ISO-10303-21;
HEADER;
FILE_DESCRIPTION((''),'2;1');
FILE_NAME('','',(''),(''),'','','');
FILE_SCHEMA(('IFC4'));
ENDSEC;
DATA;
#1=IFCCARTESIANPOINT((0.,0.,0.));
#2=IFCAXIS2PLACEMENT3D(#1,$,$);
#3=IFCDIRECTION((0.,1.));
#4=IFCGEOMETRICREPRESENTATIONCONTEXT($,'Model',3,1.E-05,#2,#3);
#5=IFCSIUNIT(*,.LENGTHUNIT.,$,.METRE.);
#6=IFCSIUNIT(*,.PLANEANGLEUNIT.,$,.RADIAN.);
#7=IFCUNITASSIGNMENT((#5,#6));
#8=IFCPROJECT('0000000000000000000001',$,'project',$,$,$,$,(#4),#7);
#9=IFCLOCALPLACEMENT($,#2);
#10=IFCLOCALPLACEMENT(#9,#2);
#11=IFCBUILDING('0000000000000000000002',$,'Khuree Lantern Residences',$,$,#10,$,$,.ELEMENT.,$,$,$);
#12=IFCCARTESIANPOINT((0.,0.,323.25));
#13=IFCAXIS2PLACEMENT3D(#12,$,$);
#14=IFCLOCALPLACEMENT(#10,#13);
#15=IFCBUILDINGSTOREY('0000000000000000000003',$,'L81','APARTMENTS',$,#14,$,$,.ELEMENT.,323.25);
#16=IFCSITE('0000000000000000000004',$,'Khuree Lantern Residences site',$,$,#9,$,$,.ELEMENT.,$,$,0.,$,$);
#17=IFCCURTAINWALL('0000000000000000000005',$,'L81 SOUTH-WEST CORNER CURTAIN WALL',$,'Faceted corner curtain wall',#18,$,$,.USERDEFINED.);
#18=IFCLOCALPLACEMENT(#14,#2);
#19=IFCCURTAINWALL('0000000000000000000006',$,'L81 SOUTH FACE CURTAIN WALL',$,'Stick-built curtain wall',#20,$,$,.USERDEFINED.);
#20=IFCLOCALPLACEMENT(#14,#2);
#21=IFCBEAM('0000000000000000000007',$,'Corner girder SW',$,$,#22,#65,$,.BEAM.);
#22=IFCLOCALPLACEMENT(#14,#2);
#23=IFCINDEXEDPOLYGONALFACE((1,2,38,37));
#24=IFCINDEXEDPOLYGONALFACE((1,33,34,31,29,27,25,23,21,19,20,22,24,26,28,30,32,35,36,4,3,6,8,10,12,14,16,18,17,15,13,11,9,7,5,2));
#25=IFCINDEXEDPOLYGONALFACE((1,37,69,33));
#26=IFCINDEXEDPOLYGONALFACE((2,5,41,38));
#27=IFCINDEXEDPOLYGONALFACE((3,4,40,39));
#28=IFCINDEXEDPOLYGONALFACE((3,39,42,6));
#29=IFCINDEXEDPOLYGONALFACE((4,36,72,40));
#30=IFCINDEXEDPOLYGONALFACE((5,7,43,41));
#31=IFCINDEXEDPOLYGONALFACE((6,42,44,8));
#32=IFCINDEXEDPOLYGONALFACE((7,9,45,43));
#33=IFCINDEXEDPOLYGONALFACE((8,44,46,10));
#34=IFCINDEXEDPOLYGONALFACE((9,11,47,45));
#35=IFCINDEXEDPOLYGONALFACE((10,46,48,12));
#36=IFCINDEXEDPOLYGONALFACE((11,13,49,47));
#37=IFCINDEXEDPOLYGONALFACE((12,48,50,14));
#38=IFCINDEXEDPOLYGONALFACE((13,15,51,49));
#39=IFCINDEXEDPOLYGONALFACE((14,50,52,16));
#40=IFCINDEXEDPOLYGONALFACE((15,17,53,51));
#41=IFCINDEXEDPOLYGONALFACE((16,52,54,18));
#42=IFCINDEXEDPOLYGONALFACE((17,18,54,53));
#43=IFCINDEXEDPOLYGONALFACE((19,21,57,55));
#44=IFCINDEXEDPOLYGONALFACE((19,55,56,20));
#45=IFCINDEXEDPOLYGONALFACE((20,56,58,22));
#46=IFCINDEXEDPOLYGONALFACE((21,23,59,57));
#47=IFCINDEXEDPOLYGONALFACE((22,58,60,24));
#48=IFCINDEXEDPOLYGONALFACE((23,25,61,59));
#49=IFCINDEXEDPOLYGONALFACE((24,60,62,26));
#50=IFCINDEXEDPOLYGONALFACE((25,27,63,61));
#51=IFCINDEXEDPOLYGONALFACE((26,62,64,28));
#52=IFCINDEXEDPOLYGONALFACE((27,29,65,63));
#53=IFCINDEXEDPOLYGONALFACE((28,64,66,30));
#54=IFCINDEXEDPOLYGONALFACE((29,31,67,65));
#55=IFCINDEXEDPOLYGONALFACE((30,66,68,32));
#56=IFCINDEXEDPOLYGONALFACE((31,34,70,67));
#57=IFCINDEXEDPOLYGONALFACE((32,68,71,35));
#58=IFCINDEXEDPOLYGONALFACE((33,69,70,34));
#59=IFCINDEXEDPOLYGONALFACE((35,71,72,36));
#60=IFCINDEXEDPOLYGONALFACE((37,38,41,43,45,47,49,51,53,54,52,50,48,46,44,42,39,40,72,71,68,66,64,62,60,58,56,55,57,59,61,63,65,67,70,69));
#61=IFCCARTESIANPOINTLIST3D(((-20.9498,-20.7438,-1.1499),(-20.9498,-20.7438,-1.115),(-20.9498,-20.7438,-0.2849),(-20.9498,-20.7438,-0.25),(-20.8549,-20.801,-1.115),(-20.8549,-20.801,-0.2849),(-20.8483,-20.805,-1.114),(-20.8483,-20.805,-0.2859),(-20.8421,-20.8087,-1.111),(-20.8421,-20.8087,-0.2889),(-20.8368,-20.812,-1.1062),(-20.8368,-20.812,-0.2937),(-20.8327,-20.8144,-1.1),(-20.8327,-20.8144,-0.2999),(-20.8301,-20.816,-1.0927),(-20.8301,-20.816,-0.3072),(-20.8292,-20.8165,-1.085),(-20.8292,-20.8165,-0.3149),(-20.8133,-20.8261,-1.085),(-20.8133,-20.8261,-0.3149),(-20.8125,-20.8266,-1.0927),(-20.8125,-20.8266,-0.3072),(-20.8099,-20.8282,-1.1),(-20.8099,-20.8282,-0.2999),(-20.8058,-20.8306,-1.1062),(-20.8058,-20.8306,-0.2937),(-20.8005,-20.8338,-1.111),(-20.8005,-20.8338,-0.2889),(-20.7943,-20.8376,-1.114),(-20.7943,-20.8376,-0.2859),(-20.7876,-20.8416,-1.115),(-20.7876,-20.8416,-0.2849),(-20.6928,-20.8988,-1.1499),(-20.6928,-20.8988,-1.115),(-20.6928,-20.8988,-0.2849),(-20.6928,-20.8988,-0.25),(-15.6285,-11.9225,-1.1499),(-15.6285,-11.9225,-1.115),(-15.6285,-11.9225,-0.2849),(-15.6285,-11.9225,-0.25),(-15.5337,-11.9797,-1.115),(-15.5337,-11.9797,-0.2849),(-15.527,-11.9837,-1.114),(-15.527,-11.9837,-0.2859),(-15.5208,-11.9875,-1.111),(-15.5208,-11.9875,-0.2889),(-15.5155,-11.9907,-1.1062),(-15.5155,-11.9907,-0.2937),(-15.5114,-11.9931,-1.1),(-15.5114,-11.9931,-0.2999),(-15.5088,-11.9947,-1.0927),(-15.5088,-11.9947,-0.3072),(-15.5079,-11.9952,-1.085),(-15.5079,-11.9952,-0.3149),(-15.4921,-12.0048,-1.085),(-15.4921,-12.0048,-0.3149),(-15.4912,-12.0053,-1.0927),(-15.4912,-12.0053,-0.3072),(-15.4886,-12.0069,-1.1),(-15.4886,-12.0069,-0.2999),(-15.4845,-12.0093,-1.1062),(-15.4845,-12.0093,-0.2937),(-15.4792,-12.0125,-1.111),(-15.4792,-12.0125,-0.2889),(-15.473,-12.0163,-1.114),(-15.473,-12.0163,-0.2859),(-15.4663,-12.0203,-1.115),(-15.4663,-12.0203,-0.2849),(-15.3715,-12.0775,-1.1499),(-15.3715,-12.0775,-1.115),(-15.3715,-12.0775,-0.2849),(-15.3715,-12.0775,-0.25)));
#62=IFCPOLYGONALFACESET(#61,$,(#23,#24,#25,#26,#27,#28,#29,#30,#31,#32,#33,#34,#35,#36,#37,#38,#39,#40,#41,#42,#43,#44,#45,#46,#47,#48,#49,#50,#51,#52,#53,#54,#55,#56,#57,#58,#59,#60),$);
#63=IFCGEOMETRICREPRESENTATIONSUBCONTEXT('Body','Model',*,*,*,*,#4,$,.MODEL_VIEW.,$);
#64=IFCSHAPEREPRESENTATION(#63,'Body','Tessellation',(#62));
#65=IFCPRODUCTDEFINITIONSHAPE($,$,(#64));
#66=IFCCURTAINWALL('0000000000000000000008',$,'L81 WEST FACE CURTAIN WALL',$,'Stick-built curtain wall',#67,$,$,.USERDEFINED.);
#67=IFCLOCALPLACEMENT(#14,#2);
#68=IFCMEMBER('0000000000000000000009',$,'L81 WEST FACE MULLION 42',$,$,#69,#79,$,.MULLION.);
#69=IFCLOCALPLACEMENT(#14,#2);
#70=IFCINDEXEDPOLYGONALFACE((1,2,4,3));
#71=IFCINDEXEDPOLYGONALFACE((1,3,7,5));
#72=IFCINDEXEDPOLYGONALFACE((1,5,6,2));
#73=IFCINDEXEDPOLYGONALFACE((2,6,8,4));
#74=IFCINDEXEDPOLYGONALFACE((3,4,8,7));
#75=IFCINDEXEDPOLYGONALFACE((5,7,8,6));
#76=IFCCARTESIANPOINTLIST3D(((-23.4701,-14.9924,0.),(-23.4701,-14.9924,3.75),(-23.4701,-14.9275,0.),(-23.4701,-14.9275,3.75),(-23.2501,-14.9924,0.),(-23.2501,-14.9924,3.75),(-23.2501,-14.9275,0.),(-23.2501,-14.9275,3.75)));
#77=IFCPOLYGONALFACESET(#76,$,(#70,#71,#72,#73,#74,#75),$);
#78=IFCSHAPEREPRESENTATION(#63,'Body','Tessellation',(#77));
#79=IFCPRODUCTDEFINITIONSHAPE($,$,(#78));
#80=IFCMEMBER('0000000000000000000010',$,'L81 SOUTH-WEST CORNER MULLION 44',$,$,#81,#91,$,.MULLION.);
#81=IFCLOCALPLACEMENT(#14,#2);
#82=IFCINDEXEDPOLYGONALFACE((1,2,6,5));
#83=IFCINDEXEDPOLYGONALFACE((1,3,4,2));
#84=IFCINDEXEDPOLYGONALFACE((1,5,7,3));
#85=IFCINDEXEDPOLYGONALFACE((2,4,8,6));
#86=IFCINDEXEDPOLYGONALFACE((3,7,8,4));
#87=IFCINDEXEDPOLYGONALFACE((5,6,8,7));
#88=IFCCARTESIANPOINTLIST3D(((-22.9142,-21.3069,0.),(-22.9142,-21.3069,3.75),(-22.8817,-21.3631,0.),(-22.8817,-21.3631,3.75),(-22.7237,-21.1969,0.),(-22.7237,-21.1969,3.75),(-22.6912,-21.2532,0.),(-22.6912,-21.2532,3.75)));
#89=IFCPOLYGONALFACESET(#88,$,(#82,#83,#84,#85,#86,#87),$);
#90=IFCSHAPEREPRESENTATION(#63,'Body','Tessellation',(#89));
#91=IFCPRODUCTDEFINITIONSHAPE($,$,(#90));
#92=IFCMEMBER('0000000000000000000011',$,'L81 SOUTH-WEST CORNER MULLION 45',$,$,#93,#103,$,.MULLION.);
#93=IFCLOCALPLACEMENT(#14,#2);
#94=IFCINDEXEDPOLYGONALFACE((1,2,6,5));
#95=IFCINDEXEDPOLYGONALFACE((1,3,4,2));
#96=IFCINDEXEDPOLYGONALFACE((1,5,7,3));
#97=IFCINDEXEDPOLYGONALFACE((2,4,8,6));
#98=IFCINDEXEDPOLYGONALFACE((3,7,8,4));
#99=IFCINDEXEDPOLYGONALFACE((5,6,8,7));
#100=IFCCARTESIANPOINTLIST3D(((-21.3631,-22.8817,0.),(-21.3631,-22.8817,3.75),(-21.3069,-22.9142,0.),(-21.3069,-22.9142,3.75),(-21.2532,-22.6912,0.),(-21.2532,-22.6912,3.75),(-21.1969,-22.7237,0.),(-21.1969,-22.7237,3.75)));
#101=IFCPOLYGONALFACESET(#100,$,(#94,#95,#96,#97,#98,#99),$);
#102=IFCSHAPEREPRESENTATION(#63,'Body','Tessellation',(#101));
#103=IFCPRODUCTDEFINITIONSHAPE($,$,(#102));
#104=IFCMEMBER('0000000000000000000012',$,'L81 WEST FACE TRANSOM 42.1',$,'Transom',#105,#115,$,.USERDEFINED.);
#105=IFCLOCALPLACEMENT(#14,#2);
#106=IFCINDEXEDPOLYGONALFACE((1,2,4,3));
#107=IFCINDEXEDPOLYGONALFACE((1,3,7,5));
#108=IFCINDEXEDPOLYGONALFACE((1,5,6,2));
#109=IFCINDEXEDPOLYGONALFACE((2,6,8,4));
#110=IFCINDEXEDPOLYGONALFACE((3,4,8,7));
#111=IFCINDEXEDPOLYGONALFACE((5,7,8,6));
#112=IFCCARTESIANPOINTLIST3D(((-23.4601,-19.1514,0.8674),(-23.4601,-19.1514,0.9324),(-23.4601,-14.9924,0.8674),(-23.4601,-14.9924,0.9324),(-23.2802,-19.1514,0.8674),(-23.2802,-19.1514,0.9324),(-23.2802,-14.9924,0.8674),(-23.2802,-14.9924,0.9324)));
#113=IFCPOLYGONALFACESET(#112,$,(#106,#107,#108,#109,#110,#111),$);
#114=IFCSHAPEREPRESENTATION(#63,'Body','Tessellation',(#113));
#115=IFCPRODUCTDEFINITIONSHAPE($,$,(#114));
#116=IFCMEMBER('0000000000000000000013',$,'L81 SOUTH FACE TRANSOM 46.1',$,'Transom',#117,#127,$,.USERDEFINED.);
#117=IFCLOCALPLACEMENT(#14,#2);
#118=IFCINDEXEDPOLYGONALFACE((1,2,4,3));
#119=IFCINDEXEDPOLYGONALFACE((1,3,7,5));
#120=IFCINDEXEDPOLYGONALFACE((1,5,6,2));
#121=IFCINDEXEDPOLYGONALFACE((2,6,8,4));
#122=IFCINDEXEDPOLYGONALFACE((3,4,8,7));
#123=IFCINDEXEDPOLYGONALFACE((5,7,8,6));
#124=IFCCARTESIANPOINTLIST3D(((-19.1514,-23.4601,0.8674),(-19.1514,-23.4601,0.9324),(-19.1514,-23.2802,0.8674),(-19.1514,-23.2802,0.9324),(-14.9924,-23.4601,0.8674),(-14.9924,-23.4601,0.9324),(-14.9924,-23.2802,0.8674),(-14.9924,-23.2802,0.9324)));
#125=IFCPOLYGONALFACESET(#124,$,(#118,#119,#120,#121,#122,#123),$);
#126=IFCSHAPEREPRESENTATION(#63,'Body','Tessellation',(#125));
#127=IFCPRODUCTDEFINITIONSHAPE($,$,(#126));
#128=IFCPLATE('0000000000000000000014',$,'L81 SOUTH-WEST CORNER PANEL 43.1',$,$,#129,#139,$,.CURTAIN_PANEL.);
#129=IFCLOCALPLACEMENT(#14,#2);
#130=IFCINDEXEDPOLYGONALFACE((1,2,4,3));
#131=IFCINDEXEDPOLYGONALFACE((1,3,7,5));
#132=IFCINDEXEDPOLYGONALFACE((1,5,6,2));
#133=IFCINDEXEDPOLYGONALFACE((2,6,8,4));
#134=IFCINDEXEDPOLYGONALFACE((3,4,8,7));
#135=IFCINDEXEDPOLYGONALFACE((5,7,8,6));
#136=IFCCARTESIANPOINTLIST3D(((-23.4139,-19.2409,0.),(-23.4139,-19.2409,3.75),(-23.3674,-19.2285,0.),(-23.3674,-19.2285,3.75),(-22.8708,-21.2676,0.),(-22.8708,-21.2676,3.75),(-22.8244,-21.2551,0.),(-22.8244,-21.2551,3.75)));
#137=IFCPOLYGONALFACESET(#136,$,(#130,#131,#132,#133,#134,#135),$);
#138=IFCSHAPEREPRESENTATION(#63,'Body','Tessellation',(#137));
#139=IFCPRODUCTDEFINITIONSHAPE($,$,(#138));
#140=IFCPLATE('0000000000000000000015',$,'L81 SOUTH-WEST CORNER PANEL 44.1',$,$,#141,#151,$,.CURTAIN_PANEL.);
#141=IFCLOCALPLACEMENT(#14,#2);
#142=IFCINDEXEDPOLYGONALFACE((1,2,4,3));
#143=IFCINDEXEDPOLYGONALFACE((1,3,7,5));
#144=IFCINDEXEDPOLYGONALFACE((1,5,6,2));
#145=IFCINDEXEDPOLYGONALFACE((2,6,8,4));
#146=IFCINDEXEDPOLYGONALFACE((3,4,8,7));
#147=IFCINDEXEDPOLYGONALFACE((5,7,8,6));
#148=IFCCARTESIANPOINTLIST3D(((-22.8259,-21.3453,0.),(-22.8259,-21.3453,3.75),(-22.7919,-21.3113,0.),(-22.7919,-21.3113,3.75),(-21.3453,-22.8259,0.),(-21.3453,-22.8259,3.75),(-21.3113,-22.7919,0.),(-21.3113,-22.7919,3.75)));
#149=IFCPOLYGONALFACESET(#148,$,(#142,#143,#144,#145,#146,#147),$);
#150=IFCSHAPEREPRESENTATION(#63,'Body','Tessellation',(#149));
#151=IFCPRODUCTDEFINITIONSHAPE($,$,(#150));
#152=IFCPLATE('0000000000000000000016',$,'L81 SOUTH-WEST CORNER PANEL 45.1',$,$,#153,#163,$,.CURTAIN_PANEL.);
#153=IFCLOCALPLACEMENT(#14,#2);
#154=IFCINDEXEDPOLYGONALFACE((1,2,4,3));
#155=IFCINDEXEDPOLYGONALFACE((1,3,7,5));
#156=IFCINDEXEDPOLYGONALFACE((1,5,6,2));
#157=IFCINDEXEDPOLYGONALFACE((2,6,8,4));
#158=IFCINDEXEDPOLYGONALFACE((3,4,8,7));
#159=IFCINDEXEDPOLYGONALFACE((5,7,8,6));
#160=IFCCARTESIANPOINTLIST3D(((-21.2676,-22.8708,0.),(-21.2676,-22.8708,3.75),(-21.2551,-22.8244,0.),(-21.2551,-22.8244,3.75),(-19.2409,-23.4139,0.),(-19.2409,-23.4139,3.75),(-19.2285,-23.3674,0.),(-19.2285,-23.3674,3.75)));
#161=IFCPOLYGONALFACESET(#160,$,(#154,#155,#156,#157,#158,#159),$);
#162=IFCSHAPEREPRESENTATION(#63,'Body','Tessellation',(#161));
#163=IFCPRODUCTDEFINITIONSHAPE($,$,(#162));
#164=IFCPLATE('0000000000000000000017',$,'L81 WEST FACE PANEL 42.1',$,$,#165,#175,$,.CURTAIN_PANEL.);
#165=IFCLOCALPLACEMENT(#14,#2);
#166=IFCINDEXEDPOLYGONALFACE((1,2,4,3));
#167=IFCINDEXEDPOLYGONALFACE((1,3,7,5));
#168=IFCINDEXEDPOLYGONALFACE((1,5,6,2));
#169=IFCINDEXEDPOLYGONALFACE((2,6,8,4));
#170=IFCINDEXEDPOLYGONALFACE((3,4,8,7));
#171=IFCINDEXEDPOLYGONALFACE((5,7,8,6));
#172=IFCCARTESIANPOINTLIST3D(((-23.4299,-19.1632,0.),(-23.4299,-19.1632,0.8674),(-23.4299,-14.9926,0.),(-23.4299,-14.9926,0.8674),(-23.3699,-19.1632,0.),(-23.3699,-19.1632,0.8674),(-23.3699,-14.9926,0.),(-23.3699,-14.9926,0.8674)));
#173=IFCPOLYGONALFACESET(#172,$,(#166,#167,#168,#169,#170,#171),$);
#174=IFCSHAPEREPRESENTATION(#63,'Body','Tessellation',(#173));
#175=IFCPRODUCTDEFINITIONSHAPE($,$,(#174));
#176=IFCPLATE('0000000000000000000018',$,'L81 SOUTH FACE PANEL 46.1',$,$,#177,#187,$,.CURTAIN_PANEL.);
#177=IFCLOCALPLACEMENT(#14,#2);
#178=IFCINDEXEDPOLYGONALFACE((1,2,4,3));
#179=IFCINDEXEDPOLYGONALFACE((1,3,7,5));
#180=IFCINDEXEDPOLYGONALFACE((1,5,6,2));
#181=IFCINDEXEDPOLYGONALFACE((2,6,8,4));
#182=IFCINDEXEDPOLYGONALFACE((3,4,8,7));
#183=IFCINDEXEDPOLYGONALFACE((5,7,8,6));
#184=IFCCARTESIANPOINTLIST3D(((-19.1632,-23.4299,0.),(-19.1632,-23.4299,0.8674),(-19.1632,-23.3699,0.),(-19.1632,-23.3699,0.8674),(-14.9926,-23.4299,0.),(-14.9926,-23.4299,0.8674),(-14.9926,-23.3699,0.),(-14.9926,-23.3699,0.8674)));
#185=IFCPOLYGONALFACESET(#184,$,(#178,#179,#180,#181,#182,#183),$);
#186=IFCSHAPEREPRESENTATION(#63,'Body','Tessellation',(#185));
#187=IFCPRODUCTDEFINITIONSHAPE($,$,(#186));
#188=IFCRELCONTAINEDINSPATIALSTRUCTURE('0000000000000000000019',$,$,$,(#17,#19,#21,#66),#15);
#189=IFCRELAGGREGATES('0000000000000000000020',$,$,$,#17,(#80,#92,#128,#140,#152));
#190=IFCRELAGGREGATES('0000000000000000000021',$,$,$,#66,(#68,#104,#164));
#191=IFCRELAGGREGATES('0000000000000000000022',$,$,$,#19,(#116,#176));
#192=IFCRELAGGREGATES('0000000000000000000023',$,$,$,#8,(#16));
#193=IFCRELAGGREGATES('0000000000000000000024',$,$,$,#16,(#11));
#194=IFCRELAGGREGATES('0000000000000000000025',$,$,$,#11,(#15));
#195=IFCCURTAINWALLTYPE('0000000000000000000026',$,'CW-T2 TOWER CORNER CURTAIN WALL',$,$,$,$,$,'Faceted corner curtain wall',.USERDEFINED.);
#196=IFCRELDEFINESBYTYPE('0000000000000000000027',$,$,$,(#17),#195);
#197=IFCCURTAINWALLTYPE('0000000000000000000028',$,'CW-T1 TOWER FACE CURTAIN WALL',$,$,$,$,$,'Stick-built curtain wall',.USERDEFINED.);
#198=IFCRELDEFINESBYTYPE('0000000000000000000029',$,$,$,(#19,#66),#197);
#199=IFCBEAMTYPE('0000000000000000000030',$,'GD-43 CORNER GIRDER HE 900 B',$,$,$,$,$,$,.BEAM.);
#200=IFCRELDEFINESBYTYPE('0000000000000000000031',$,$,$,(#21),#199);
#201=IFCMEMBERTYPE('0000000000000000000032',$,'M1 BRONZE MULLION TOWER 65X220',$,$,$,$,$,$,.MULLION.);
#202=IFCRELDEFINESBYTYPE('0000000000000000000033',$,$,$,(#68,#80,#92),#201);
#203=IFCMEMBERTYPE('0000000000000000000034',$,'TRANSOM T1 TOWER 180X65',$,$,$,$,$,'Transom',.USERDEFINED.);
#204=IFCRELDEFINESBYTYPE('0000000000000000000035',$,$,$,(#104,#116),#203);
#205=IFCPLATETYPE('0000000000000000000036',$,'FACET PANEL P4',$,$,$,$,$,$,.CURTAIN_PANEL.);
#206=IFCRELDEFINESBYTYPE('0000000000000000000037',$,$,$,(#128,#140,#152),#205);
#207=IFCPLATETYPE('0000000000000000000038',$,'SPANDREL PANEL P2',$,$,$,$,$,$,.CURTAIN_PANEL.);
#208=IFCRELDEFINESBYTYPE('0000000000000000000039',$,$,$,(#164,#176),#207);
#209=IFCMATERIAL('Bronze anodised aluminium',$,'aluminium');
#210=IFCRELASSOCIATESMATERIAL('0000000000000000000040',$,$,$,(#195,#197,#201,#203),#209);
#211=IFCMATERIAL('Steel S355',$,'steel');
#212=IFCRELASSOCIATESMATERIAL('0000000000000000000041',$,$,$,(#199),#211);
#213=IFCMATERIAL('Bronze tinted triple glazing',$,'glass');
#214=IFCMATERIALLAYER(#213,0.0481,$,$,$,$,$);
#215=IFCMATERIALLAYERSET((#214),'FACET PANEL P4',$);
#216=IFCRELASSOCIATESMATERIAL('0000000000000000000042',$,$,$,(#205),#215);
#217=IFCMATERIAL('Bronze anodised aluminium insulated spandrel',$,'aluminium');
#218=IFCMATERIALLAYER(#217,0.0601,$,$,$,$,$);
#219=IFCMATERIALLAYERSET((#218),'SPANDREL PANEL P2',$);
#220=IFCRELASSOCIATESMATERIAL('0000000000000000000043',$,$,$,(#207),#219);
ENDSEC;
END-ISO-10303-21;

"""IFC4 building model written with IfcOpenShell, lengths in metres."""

from ifc_helpers import new_model, si_unit, direction, frame, origin, origin_2d, place, context, subcontext, project, spatial, rectangle, i_section, extrude, material, layer, layer_set, material_profile, profile_set, type_object, element, aggregate, save


model = new_model("IFC4")

# Units and contexts
model_context = context("Model", 3, precision=1e-05, world=origin(), true_north=direction((0.0, 1.0)))
body_context = subcontext(model_context, "Body", "Model", "MODEL_VIEW")
ifc_project = project(units=[si_unit("LENGTHUNIT", "METRE"), si_unit("PLANEANGLEUNIT", "RADIAN")], contexts=[model_context])

# Site, building, storey
site_placement = place(None, origin())
site = spatial("IfcSite", under=ifc_project, at=site_placement, Name="Khuree Lantern Residences site", CompositionType="ELEMENT", RefElevation=0.0)
building_placement = place(site_placement, origin())
building = spatial("IfcBuilding", under=site, at=building_placement, Name="Khuree Lantern Residences", CompositionType="ELEMENT")
storey_placement = place(building_placement, frame((0.0, 0.0, 323.25)))
storey = spatial("IfcBuildingStorey", under=building, at=storey_placement, Name="L81", Description="APARTMENTS", CompositionType="ELEMENT", Elevation=323.25)

# Shared definitions
ifc_material_1 = material(Name="Steel S355", Category="steel")

# Curtain walls
ifc_material_2 = material(Name="Bronze anodised aluminium", Category="aluminium")
curtain_wall_type_1 = type_object("IfcCurtainWallType", Name="CW-T2 TOWER CORNER CURTAIN WALL", ElementType="Faceted corner curtain wall", PredefinedType="USERDEFINED", material=ifc_material_2)
curtain_wall_1_placement = place(storey_placement, origin())
curtain_wall_1 = element("IfcCurtainWall", 1, at=curtain_wall_1_placement, inside=storey, type_object=curtain_wall_type_1, Name="L81 SOUTH-WEST CORNER CURTAIN WALL", ObjectType="Faceted corner curtain wall", PredefinedType="USERDEFINED")
curtain_wall_type_2 = type_object("IfcCurtainWallType", Name="CW-T1 TOWER FACE CURTAIN WALL", ElementType="Stick-built curtain wall", PredefinedType="USERDEFINED", material=ifc_material_2)
curtain_wall_2_placement = place(storey_placement, origin())
curtain_wall_2 = element("IfcCurtainWall", 2, at=curtain_wall_2_placement, inside=storey, type_object=curtain_wall_type_2, Name="L81 SOUTH FACE CURTAIN WALL", ObjectType="Stick-built curtain wall", PredefinedType="USERDEFINED")

# Beam
ifc_material_profile_1 = material_profile(ifc_material_1, i_section(OverallWidth=0.3, OverallDepth=0.8999, WebThickness=0.0186, FlangeThickness=0.0349, FilletRadius=0.03, at=origin_2d()), Name="HE 900 B")
ifc_profile_set_1 = profile_set([ifc_material_profile_1], Name="Steel S355")
beam_type_1 = type_object("IfcBeamType", Name="GD-43 CORNER GIRDER HE 900 B", PredefinedType="BEAM", material=ifc_profile_set_1)
beam_1_placement = place(storey_placement, frame((-20.8213, -20.8213, -0.7), z_axis=(0.51653, 0.856269, 0.0), x_axis=(-0.856269, 0.51653, 0.0)))
element("IfcBeam", 3, at=beam_1_placement, inside=storey, type_object=beam_type_1, Name="Corner girder SW", PredefinedType="BEAM", context=body_context, shape_type="SweptSolid", body=[
    extrude(i_section(OverallWidth=0.3, OverallDepth=0.8999, WebThickness=0.0186, FlangeThickness=0.0349, FilletRadius=0.03, at=origin_2d()), origin(), (0.0, 0.0, 1.0), 10.302),
])

# Curtain wall, member
curtain_wall_3_placement = place(storey_placement, origin())
curtain_wall_3 = element("IfcCurtainWall", 4, at=curtain_wall_3_placement, inside=storey, type_object=curtain_wall_type_2, Name="L81 WEST FACE CURTAIN WALL", ObjectType="Stick-built curtain wall", PredefinedType="USERDEFINED")
ifc_material_profile_2 = material_profile(ifc_material_2, rectangle(XDim=0.0649, YDim=0.22, at=origin_2d()), Name="M1 65X220")
ifc_profile_set_2 = profile_set([ifc_material_profile_2], Name="Bronze anodised aluminium")
member_type_1 = type_object("IfcMemberType", Name="M1 BRONZE MULLION TOWER 65X220", PredefinedType="MULLION", material=ifc_profile_set_2)
member_1_placement = place(storey_placement, frame((-23.3601, -14.96, 0.0), z_axis=(0.0, 0.0, 1.0), x_axis=(0.0, -1.0, 0.0)))
member_1 = element("IfcMember", 5, at=member_1_placement, type_object=member_type_1, Name="L81 WEST FACE MULLION 42", PredefinedType="MULLION", context=body_context, shape_type="SweptSolid", body=[
    extrude(rectangle(XDim=0.0649, YDim=0.22, at=origin_2d()), origin(), (0.0, 0.0, 1.0), 3.75),
])

# Members
member_2_placement = place(storey_placement, frame((-22.8027, -21.28, 0.0), z_axis=(0.0, 0.0, 1.0), x_axis=(0.5, -0.866025, 0.0)))
member_2 = element("IfcMember", 6, at=member_2_placement, type_object=member_type_1, Name="L81 SOUTH-WEST CORNER MULLION 44", PredefinedType="MULLION", context=body_context, shape_type="SweptSolid", body=[
    extrude(rectangle(XDim=0.0649, YDim=0.22, at=origin_2d()), origin(), (0.0, 0.0, 1.0), 3.75),
])
member_3_placement = place(storey_placement, frame((-21.28, -22.8027, 0.0), z_axis=(0.0, 0.0, 1.0), x_axis=(0.866025, -0.5, 0.0)))
member_3 = element("IfcMember", 7, at=member_3_placement, type_object=member_type_1, Name="L81 SOUTH-WEST CORNER MULLION 45", PredefinedType="MULLION", context=body_context, shape_type="SweptSolid", body=[
    extrude(rectangle(XDim=0.0649, YDim=0.22, at=origin_2d()), origin(), (0.0, 0.0, 1.0), 3.75),
])
ifc_material_profile_3 = material_profile(ifc_material_2, rectangle(XDim=0.1799, YDim=0.0649, at=origin_2d()), Name="T1 180X65")
ifc_profile_set_3 = profile_set([ifc_material_profile_3], Name="Bronze anodised aluminium")
member_type_2 = type_object("IfcMemberType", Name="TRANSOM T1 TOWER 180X65", ElementType="Transom", PredefinedType="USERDEFINED", material=ifc_profile_set_3)
member_4_placement = place(storey_placement, frame((-23.3701, -14.9924, 0.8999), z_axis=(0.0, -1.0, 0.0), x_axis=(1.0, 0.0, 0.0)))
member_4 = element("IfcMember", 8, at=member_4_placement, type_object=member_type_2, Name="L81 WEST FACE TRANSOM 42.1", ObjectType="Transom", PredefinedType="USERDEFINED", context=body_context, shape_type="SweptSolid", body=[
    extrude(rectangle(XDim=0.1799, YDim=0.0649, at=origin_2d()), origin(), (0.0, 0.0, 1.0), 4.1589),
])
member_5_placement = place(storey_placement, frame((-19.1514, -23.3701, 0.8999), z_axis=(1.0, 0.0, 0.0), x_axis=(0.0, 1.0, 0.0)))
member_5 = element("IfcMember", 9, at=member_5_placement, type_object=member_type_2, Name="L81 SOUTH FACE TRANSOM 46.1", ObjectType="Transom", PredefinedType="USERDEFINED", context=body_context, shape_type="SweptSolid", body=[
    extrude(rectangle(XDim=0.1799, YDim=0.0649, at=origin_2d()), origin(), (0.0, 0.0, 1.0), 4.1589),
])

# Plates
ifc_material_3 = material(Name="Bronze tinted triple glazing", Category="glass")
ifc_layer_1 = layer(ifc_material_3, 0.0481)
ifc_layer_set_1 = layer_set([ifc_layer_1], Name="FACET PANEL P4")
plate_type_1 = type_object("IfcPlateType", Name="FACET PANEL P4", PredefinedType="CURTAIN_PANEL", material=ifc_layer_set_1)
plate_1_placement = place(storey_placement, frame((-23.1191, -20.248, 0.0), z_axis=(0.0, 0.0, 1.0), x_axis=(0.258819, -0.965926, 0.0)))
plate_1 = element("IfcPlate", 10, at=plate_1_placement, type_object=plate_type_1, Name="L81 SOUTH-WEST CORNER PANEL 43.1", PredefinedType="CURTAIN_PANEL", context=body_context, shape_type="SweptSolid", body=[
    extrude(rectangle(XDim=2.0981, YDim=0.0481, at=origin_2d()), origin(), (0.0, 0.0, 1.0), 3.75),
])
plate_2_placement = place(storey_placement, frame((-22.0686, -22.0686, 0.0), z_axis=(0.0, 0.0, 1.0), x_axis=(0.707107, -0.707107, 0.0)))
plate_2 = element("IfcPlate", 11, at=plate_2_placement, type_object=plate_type_1, Name="L81 SOUTH-WEST CORNER PANEL 44.1", PredefinedType="CURTAIN_PANEL", context=body_context, shape_type="SweptSolid", body=[
    extrude(rectangle(XDim=2.094, YDim=0.0481, at=origin_2d()), origin(), (0.0, 0.0, 1.0), 3.75),
])
plate_3_placement = place(storey_placement, frame((-20.248, -23.1191, 0.0), z_axis=(0.0, 0.0, 1.0), x_axis=(0.965926, -0.258819, 0.0)))
plate_3 = element("IfcPlate", 12, at=plate_3_placement, type_object=plate_type_1, Name="L81 SOUTH-WEST CORNER PANEL 45.1", PredefinedType="CURTAIN_PANEL", context=body_context, shape_type="SweptSolid", body=[
    extrude(rectangle(XDim=2.0981, YDim=0.0481, at=origin_2d()), origin(), (0.0, 0.0, 1.0), 3.75),
])
aggregate(curtain_wall_1, [member_2, member_3, plate_1, plate_2, plate_3])
ifc_material_4 = material(Name="Bronze anodised aluminium insulated spandrel", Category="aluminium")
ifc_layer_2 = layer(ifc_material_4, 0.0601)
ifc_layer_set_2 = layer_set([ifc_layer_2], Name="SPANDREL PANEL P2")
plate_type_2 = type_object("IfcPlateType", Name="SPANDREL PANEL P2", PredefinedType="CURTAIN_PANEL", material=ifc_layer_set_2)
plate_4_placement = place(storey_placement, frame((-23.3999, -17.0779, 0.0), z_axis=(0.0, 0.0, 1.0), x_axis=(0.0, -1.0, 0.0)))
plate_4 = element("IfcPlate", 13, at=plate_4_placement, type_object=plate_type_2, Name="L81 WEST FACE PANEL 42.1", PredefinedType="CURTAIN_PANEL", context=body_context, shape_type="SweptSolid", body=[
    extrude(rectangle(XDim=4.1707, YDim=0.0601, at=origin_2d()), origin(), (0.0, 0.0, 1.0), 0.8674),
])
plate_5_placement = place(storey_placement, frame((-17.0779, -23.3999, 0.0), z_axis=(0.0, 0.0, 1.0), x_axis=(1.0, 0.0, 0.0)))
plate_5 = element("IfcPlate", 14, at=plate_5_placement, type_object=plate_type_2, Name="L81 SOUTH FACE PANEL 46.1", PredefinedType="CURTAIN_PANEL", context=body_context, shape_type="SweptSolid", body=[
    extrude(rectangle(XDim=4.1707, YDim=0.0601, at=origin_2d()), origin(), (0.0, 0.0, 1.0), 0.8674),
])
aggregate(curtain_wall_3, [member_1, member_4, plate_4])
aggregate(curtain_wall_2, [member_5, plate_5])

save(model, "model.ifc")
